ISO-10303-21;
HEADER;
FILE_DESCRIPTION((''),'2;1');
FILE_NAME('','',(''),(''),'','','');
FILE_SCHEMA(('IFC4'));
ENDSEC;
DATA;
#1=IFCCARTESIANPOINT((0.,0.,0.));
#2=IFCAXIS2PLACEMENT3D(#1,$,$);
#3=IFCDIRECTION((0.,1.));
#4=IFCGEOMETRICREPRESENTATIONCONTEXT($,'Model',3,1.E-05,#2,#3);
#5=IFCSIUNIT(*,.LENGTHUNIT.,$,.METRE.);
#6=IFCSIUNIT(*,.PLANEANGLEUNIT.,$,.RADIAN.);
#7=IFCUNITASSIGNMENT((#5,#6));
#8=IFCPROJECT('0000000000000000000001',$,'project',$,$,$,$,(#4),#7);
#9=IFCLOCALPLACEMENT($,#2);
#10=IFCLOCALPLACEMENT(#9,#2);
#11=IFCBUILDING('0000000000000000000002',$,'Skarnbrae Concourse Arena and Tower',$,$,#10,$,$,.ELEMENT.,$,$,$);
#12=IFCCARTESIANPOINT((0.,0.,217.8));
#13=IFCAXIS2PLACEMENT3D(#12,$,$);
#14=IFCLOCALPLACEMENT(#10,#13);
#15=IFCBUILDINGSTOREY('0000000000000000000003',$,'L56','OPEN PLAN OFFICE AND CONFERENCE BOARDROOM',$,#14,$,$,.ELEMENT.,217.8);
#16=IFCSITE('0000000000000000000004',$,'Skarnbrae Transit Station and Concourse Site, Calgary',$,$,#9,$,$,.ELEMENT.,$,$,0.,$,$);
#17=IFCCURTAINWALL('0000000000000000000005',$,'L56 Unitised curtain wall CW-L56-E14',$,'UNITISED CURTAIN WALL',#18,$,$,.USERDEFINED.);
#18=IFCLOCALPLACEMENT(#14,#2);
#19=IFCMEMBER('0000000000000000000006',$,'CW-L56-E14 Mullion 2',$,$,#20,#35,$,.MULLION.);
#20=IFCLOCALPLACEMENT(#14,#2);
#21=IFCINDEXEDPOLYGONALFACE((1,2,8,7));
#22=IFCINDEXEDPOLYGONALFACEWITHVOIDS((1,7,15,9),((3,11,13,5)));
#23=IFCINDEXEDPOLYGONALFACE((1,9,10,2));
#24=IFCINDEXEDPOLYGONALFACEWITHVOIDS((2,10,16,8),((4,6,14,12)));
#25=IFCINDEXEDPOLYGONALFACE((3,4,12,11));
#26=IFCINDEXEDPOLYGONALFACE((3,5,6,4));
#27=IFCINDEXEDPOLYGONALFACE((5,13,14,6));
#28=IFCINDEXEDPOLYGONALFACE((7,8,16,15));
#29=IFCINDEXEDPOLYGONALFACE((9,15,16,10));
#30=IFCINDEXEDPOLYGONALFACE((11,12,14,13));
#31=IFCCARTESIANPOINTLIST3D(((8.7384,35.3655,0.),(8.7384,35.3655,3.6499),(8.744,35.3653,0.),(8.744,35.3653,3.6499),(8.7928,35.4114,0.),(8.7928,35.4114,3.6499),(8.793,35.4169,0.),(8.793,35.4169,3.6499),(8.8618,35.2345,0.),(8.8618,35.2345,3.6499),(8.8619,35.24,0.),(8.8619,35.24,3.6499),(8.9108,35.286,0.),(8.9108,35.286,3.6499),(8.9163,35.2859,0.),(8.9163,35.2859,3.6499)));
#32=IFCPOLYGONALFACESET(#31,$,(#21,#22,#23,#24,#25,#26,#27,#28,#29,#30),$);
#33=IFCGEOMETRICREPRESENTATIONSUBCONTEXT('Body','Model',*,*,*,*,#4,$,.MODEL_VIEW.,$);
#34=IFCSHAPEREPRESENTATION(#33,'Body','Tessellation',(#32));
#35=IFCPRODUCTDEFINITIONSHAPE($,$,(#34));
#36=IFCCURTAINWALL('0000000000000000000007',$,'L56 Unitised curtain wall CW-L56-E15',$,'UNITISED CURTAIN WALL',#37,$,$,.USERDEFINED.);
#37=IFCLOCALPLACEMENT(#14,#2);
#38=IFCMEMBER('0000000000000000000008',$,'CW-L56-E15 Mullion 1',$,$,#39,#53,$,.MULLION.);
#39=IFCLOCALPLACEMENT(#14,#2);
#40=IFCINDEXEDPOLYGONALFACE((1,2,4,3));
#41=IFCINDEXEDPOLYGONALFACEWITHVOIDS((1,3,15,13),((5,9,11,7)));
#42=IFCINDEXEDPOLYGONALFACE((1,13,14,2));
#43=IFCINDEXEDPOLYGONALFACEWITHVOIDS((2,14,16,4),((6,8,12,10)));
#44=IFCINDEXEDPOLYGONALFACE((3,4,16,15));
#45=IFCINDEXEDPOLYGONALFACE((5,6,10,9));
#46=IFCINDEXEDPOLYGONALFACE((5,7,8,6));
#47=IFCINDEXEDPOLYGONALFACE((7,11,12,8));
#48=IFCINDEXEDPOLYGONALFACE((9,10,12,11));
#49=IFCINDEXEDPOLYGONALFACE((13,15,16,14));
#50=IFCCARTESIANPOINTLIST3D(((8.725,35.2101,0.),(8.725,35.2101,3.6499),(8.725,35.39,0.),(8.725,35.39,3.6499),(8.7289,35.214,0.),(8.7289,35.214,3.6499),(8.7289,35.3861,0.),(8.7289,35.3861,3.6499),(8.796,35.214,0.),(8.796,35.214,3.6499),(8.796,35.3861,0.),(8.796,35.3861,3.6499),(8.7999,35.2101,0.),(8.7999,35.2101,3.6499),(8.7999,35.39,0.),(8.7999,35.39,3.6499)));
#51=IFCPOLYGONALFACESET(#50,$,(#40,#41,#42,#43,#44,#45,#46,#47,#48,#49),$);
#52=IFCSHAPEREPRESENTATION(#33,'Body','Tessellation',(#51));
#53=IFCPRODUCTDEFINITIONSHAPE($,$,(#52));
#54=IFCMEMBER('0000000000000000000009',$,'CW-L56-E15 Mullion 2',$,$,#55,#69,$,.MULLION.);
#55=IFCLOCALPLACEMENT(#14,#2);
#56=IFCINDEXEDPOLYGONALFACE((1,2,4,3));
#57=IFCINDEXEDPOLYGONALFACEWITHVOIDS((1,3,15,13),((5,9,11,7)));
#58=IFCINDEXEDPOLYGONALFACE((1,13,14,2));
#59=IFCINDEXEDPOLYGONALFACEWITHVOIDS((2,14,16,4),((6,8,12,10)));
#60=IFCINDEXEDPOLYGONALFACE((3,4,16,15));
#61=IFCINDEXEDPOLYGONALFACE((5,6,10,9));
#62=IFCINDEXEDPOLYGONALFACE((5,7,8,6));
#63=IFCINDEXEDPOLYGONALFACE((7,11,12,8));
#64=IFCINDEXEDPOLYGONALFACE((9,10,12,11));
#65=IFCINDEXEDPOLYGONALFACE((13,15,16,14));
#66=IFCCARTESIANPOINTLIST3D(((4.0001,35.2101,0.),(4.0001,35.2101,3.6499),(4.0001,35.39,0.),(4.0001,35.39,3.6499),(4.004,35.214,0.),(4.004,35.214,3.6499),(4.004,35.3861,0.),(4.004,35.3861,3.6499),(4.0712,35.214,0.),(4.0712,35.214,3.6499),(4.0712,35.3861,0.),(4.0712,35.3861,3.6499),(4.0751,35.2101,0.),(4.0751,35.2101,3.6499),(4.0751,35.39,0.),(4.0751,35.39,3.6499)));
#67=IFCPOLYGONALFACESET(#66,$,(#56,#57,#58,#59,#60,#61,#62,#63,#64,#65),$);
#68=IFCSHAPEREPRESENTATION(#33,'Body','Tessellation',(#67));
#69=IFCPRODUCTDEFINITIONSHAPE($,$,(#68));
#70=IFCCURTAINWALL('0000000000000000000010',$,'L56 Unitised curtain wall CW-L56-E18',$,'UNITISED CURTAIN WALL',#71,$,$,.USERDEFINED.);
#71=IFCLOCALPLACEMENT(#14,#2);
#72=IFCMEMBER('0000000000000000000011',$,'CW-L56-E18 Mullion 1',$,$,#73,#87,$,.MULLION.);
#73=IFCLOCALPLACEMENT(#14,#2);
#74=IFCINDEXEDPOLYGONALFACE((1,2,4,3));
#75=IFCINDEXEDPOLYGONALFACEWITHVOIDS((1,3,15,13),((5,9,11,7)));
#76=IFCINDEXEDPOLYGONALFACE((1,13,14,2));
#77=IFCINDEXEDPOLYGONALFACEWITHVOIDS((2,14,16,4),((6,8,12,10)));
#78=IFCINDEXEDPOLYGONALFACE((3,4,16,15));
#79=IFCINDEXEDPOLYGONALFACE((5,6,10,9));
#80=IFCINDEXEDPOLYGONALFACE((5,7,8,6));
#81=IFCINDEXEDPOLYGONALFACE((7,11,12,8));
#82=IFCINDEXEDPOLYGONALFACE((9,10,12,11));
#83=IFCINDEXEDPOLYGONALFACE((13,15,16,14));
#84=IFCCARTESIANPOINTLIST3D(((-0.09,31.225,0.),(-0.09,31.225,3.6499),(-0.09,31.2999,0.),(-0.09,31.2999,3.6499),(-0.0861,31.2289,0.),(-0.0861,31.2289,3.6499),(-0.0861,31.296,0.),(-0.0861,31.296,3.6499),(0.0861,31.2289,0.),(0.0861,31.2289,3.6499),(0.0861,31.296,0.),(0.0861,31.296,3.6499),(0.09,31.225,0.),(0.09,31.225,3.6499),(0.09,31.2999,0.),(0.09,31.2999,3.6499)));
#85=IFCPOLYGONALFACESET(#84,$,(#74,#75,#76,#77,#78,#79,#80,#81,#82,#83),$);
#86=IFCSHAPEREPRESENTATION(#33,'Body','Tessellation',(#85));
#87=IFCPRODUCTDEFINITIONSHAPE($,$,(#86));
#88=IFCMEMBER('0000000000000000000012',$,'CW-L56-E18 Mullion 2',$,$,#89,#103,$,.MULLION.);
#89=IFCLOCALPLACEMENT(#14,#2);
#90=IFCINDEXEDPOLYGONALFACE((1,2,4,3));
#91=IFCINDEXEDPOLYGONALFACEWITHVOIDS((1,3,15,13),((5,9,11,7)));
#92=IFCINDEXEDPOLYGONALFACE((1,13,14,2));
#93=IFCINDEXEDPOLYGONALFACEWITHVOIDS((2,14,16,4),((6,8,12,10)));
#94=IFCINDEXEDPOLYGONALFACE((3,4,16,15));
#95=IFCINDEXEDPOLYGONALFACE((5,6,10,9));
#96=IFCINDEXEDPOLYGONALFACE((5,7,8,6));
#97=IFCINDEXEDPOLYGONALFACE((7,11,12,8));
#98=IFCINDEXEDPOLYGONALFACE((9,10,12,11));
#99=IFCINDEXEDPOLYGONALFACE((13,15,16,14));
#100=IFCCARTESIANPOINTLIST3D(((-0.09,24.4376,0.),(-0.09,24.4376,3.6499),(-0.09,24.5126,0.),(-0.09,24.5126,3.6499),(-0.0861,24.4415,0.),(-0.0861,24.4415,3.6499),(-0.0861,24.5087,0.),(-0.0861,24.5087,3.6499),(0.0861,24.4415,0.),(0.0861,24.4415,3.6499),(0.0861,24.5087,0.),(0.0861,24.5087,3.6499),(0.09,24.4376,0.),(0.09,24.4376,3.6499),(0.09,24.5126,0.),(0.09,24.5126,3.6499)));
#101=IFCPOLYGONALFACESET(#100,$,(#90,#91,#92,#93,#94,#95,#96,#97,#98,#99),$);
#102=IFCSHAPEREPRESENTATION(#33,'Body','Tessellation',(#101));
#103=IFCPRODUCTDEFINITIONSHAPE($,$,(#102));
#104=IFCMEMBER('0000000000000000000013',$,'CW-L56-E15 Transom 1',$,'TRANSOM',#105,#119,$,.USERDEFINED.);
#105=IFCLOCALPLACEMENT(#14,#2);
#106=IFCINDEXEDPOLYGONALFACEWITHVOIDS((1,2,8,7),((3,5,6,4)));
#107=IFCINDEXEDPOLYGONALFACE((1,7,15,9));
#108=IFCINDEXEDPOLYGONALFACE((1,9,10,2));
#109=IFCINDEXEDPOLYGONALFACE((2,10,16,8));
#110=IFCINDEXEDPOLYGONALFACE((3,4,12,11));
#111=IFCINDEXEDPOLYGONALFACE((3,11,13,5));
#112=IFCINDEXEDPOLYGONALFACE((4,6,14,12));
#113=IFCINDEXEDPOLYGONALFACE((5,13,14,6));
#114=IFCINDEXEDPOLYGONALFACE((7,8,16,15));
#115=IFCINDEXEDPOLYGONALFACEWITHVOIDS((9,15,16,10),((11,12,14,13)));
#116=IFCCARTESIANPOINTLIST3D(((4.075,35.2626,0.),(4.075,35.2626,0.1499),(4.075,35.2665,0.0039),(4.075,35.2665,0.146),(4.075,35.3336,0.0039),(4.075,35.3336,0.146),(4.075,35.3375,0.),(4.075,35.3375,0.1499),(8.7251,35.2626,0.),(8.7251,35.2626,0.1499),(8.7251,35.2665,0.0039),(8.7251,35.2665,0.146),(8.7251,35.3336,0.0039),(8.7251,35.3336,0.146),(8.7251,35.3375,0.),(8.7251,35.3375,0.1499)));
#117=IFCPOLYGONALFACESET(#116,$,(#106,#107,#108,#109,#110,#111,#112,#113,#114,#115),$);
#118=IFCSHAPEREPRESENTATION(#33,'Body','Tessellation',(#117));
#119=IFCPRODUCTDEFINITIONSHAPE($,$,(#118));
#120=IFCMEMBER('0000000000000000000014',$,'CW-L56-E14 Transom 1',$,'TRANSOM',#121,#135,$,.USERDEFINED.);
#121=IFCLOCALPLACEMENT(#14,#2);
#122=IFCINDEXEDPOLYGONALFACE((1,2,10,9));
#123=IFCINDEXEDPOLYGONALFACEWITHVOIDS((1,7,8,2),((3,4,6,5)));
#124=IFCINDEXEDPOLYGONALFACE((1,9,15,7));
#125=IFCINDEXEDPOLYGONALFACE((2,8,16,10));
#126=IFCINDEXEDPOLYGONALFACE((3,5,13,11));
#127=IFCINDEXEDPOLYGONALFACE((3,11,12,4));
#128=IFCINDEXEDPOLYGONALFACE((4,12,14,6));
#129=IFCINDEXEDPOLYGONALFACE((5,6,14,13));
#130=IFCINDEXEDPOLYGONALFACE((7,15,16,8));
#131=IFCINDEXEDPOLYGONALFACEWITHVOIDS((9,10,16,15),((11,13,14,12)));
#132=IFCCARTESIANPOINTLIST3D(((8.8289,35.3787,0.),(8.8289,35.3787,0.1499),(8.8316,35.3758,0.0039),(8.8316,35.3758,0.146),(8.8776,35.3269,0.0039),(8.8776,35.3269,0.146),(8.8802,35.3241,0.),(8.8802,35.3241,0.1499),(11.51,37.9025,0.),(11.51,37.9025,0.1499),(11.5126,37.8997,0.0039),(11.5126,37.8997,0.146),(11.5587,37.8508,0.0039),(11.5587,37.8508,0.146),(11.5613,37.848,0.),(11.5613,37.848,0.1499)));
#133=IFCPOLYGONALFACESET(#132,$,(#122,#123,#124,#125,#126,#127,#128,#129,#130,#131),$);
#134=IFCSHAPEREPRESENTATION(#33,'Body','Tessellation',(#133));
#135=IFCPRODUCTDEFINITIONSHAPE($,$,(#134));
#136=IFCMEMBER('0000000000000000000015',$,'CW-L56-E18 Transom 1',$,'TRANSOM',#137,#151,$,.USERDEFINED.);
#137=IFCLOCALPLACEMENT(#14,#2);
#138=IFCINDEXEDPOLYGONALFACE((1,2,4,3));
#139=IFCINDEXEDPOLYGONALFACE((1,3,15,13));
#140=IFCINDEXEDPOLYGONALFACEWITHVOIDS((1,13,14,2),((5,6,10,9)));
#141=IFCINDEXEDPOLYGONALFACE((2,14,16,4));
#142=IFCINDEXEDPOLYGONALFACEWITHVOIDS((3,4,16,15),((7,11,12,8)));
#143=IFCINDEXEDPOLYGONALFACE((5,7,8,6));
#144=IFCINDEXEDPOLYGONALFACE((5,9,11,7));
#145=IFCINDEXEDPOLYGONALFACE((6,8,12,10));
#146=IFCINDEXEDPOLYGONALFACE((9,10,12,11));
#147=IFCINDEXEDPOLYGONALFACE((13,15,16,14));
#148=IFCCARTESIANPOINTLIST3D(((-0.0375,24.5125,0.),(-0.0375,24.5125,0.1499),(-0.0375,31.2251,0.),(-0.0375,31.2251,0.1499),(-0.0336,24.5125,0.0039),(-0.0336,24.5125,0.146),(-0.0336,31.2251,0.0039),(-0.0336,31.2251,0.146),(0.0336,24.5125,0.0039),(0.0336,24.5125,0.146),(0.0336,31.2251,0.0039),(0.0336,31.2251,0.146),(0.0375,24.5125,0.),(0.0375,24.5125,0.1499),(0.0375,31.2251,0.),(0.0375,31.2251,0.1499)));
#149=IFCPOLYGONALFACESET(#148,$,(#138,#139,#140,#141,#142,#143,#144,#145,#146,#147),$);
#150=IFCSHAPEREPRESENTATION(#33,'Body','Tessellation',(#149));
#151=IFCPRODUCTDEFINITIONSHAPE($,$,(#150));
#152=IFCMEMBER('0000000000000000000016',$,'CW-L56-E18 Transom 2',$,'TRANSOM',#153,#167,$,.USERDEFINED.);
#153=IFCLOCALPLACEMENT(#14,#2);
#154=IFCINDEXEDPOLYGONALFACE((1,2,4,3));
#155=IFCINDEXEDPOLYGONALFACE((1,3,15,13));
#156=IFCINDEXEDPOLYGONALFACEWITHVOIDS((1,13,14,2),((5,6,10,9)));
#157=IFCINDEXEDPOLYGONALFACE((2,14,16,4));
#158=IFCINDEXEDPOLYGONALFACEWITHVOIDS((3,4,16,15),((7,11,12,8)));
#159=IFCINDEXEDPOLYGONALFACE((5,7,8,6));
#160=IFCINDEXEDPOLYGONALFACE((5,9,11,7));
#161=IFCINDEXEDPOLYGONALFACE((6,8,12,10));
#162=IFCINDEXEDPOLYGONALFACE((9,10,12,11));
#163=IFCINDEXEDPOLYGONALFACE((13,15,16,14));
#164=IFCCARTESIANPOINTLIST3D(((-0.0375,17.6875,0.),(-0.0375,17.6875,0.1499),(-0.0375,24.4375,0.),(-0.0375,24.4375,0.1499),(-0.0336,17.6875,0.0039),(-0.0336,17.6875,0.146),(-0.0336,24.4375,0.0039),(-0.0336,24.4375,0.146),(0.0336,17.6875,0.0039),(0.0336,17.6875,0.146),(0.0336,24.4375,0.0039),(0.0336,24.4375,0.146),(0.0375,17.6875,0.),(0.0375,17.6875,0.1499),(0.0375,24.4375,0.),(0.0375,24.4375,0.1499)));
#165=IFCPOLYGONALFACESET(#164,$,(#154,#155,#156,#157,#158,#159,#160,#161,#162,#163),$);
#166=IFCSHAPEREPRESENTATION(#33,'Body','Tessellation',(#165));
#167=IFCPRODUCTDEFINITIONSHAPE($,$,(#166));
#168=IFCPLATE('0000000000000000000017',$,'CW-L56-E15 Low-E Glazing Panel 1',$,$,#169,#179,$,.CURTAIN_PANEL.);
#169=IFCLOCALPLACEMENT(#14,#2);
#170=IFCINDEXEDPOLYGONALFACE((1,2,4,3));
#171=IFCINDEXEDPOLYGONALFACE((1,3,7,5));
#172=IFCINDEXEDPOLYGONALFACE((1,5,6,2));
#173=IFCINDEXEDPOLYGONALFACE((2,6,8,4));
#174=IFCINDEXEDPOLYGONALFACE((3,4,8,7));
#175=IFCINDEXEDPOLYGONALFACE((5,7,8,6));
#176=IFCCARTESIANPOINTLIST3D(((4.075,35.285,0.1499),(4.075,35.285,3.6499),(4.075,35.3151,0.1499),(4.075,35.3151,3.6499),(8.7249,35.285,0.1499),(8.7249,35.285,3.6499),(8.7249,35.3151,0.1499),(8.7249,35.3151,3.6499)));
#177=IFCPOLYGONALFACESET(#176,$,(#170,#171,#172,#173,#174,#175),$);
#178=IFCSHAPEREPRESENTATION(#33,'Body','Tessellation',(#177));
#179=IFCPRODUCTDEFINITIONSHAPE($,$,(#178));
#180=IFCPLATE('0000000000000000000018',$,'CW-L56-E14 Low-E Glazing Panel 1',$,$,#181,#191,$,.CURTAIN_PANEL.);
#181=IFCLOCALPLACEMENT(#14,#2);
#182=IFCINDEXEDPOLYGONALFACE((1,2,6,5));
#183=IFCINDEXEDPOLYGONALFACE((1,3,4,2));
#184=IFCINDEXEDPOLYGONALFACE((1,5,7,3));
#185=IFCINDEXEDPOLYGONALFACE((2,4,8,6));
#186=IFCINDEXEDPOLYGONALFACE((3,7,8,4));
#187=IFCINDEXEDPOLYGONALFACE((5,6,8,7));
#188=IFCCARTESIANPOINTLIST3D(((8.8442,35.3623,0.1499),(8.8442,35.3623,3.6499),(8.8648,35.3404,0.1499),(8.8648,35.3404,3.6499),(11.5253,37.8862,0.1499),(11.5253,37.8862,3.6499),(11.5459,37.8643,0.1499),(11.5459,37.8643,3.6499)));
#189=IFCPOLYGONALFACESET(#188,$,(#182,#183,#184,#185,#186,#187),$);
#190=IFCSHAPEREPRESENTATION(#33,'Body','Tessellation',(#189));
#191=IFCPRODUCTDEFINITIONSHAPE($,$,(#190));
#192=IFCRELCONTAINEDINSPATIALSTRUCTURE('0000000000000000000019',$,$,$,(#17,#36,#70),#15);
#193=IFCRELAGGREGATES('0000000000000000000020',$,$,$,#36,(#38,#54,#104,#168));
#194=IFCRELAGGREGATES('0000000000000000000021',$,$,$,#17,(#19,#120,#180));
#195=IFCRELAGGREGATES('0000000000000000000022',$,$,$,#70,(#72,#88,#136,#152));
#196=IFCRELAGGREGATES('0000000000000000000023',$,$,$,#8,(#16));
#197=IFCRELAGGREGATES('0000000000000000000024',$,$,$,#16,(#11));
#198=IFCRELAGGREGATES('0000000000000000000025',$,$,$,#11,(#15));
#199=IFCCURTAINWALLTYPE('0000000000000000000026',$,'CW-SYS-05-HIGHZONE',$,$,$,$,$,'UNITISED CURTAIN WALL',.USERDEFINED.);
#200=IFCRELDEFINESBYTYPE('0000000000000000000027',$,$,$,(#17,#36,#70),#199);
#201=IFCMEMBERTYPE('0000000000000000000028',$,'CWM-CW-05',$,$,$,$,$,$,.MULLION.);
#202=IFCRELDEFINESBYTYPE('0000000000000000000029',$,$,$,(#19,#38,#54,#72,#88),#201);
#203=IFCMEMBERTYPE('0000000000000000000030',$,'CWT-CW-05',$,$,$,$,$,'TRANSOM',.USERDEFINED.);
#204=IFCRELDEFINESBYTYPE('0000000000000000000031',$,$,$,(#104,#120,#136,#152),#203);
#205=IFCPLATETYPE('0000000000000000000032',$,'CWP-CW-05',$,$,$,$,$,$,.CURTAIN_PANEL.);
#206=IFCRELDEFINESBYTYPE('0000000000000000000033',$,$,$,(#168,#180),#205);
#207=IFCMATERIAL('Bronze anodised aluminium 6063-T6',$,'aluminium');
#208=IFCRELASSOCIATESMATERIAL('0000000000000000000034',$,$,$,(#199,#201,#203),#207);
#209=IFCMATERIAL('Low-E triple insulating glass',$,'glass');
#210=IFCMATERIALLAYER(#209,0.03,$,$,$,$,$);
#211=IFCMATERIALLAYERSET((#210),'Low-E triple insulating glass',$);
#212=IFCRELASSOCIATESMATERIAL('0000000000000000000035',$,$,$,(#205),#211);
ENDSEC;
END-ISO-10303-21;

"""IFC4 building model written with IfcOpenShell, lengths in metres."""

from ifc_helpers import new_model, si_unit, direction, frame, origin, origin_2d, place, context, subcontext, project, spatial, rectangle, hollow_rectangle, extrude, source, transform, mapped, material, layer, layer_set, material_profile, profile_set, type_object, element, aggregate, save


model = new_model("IFC4")

# Units and contexts
model_context = context("Model", 3, precision=1e-05, world=origin(), true_north=direction((0.0, 1.0)))
body_context = subcontext(model_context, "Body", "Model", "MODEL_VIEW")
ifc_project = project(units=[si_unit("LENGTHUNIT", "METRE"), si_unit("PLANEANGLEUNIT", "RADIAN")], contexts=[model_context])

# Site, building, storey
site_placement = place(None, origin())
site = spatial("IfcSite", under=ifc_project, at=site_placement, Name="Skarnbrae Transit Station and Concourse Site, Calgary", CompositionType="ELEMENT", RefElevation=0.0)
building_placement = place(site_placement, origin())
building = spatial("IfcBuilding", under=site, at=building_placement, Name="Skarnbrae Concourse Arena and Tower", CompositionType="ELEMENT")
storey_placement = place(building_placement, frame((0.0, 0.0, 217.8)))
storey = spatial("IfcBuildingStorey", under=building, at=storey_placement, Name="L56", Description="OPEN PLAN OFFICE AND CONFERENCE BOARDROOM", CompositionType="ELEMENT", Elevation=217.8)

# Shared definitions
ifc_material_1 = material(Name="Bronze anodised aluminium 6063-T6", Category="aluminium")
curtain_wall_type = type_object("IfcCurtainWallType", Name="CW-SYS-05-HIGHZONE", ElementType="UNITISED CURTAIN WALL", PredefinedType="USERDEFINED", material=ifc_material_1)
ifc_material_profile_1 = material_profile(ifc_material_1, hollow_rectangle(XDim=0.075, YDim=0.1799, WallThickness=0.0039, at=origin_2d()), Name="ALU-MULL-75X180")
ifc_profile_set_1 = profile_set([ifc_material_profile_1], Name="Bronze anodised aluminium 6063-T6")
member_type_1 = type_object("IfcMemberType", Name="CWM-CW-05", PredefinedType="MULLION", material=ifc_profile_set_1)
shared_shape_1 = source(origin(), body_context, "Body", "SweptSolid", [
    extrude(hollow_rectangle(XDim=0.075, YDim=0.1799, WallThickness=0.0039, at=origin_2d()), origin(), (0.0, 0.0, 1.0), 3.6499),
])

# Curtain walls, members
curtain_wall_1_placement = place(storey_placement, origin())
curtain_wall_1 = element("IfcCurtainWall", 1, at=curtain_wall_1_placement, inside=storey, type_object=curtain_wall_type, Name="L56 Unitised curtain wall CW-L56-E14", ObjectType="UNITISED CURTAIN WALL", PredefinedType="USERDEFINED")
member_1_placement = place(storey_placement, frame((8.8274, 35.3257, 0.0), z_axis=(0.0, 0.0, 1.0), x_axis=(-0.728131, -0.685438, 0.0)))
member_1 = element("IfcMember", 2, at=member_1_placement, type_object=member_type_1, Name="CW-L56-E14 Mullion 2", PredefinedType="MULLION", context=body_context, shape_type="MappedRepresentation", body=[
    mapped(shared_shape_1, transform((0.0, 0.0, 0.0))),
])
curtain_wall_2_placement = place(storey_placement, origin())
curtain_wall_2 = element("IfcCurtainWall", 3, at=curtain_wall_2_placement, inside=storey, type_object=curtain_wall_type, Name="L56 Unitised curtain wall CW-L56-E15", ObjectType="UNITISED CURTAIN WALL", PredefinedType="USERDEFINED")
member_2_placement = place(storey_placement, frame((8.7625, 35.3, 0.0), z_axis=(0.0, 0.0, 1.0), x_axis=(-1.0, 0.0, 0.0)))
member_2 = element("IfcMember", 4, at=member_2_placement, type_object=member_type_1, Name="CW-L56-E15 Mullion 1", PredefinedType="MULLION", context=body_context, shape_type="MappedRepresentation", body=[
    mapped(shared_shape_1, transform((0.0, 0.0, 0.0))),
])
member_3_placement = place(storey_placement, frame((4.0376, 35.3, 0.0), z_axis=(0.0, 0.0, 1.0), x_axis=(-1.0, 0.0, 0.0)))
member_3 = element("IfcMember", 5, at=member_3_placement, type_object=member_type_1, Name="CW-L56-E15 Mullion 2", PredefinedType="MULLION", context=body_context, shape_type="MappedRepresentation", body=[
    mapped(shared_shape_1, transform((0.0, 0.0, 0.0))),
])
curtain_wall_3_placement = place(storey_placement, origin())
curtain_wall_3 = element("IfcCurtainWall", 6, at=curtain_wall_3_placement, inside=storey, type_object=curtain_wall_type, Name="L56 Unitised curtain wall CW-L56-E18", ObjectType="UNITISED CURTAIN WALL", PredefinedType="USERDEFINED")
member_4_placement = place(storey_placement, frame((0.0, 31.2625, 0.0), z_axis=(0.0, 0.0, 1.0), x_axis=(0.0, -1.0, 0.0)))
member_4 = element("IfcMember", 7, at=member_4_placement, type_object=member_type_1, Name="CW-L56-E18 Mullion 1", PredefinedType="MULLION", context=body_context, shape_type="MappedRepresentation", body=[
    mapped(shared_shape_1, transform((0.0, 0.0, 0.0))),
])
member_5_placement = place(storey_placement, frame((0.0, 24.4751, 0.0), z_axis=(0.0, 0.0, 1.0), x_axis=(0.0, -1.0, 0.0)))
member_5 = element("IfcMember", 8, at=member_5_placement, type_object=member_type_1, Name="CW-L56-E18 Mullion 2", PredefinedType="MULLION", context=body_context, shape_type="MappedRepresentation", body=[
    mapped(shared_shape_1, transform((0.0, 0.0, 0.0))),
])

# Members
ifc_material_profile_2 = material_profile(ifc_material_1, hollow_rectangle(XDim=0.075, YDim=0.1499, WallThickness=0.0039, at=origin_2d()), Name="ALU-TRAN-75X150")
ifc_profile_set_2 = profile_set([ifc_material_profile_2], Name="Bronze anodised aluminium 6063-T6")
member_type_2 = type_object("IfcMemberType", Name="CWT-CW-05", ElementType="TRANSOM", PredefinedType="USERDEFINED", material=ifc_profile_set_2)
shared_shape_2 = source(origin(), body_context, "Body", "SweptSolid", [
    extrude(hollow_rectangle(XDim=0.075, YDim=0.1499, WallThickness=0.0039, at=origin_2d()), origin(), (0.0, 0.0, 1.0), 4.6501),
])
member_6_placement = place(storey_placement, frame((8.7251, 35.3, 0.075), z_axis=(-1.0, 0.0, 0.0), x_axis=(0.0, -1.0, 0.0)))
member_6 = element("IfcMember", 9, at=member_6_placement, type_object=member_type_2, Name="CW-L56-E15 Transom 1", ObjectType="TRANSOM", PredefinedType="USERDEFINED", context=body_context, shape_type="MappedRepresentation", body=[
    mapped(shared_shape_2, transform((0.0, 0.0, 0.0))),
])
shared_shape_3 = source(origin(), body_context, "Body", "SweptSolid", [
    extrude(hollow_rectangle(XDim=0.075, YDim=0.1499, WallThickness=0.0039, at=origin_2d()), origin(), (0.0, 0.0, 1.0), 3.6821),
])
member_7_placement = place(storey_placement, frame((11.5356, 37.8752, 0.075), z_axis=(-0.728134, -0.685435, 0.0), x_axis=(0.685435, -0.728134, 0.0)))
member_7 = element("IfcMember", 10, at=member_7_placement, type_object=member_type_2, Name="CW-L56-E14 Transom 1", ObjectType="TRANSOM", PredefinedType="USERDEFINED", context=body_context, shape_type="MappedRepresentation", body=[
    mapped(shared_shape_3, transform((0.0, 0.0, 0.0))),
])
shared_shape_4 = source(origin(), body_context, "Body", "SweptSolid", [
    extrude(hollow_rectangle(XDim=0.075, YDim=0.1499, WallThickness=0.0039, at=origin_2d()), origin(), (0.0, 0.0, 1.0), 6.7126),
])
member_8_placement = place(storey_placement, frame((0.0, 31.2251, 0.075), z_axis=(0.0, -1.0, 0.0), x_axis=(1.0, 0.0, 0.0)))
member_8 = element("IfcMember", 11, at=member_8_placement, type_object=member_type_2, Name="CW-L56-E18 Transom 1", ObjectType="TRANSOM", PredefinedType="USERDEFINED", context=body_context, shape_type="MappedRepresentation", body=[
    mapped(shared_shape_4, transform((0.0, 0.0, 0.0))),
])
shared_shape_5 = source(origin(), body_context, "Body", "SweptSolid", [
    extrude(hollow_rectangle(XDim=0.075, YDim=0.1499, WallThickness=0.0039, at=origin_2d()), origin(), (0.0, 0.0, 1.0), 6.75),
])
member_9_placement = place(storey_placement, frame((0.0, 24.4375, 0.075), z_axis=(0.0, -1.0, 0.0), x_axis=(1.0, 0.0, 0.0)))
member_9 = element("IfcMember", 12, at=member_9_placement, type_object=member_type_2, Name="CW-L56-E18 Transom 2", ObjectType="TRANSOM", PredefinedType="USERDEFINED", context=body_context, shape_type="MappedRepresentation", body=[
    mapped(shared_shape_5, transform((0.0, 0.0, 0.0))),
])

# Plates
ifc_material_2 = material(Name="Low-E triple insulating glass", Category="glass")
ifc_layer_1 = layer(ifc_material_2, 0.03)
ifc_layer_set_1 = layer_set([ifc_layer_1], Name="Low-E triple insulating glass")
plate_type = type_object("IfcPlateType", Name="CWP-CW-05", PredefinedType="CURTAIN_PANEL", material=ifc_layer_set_1)
shared_shape_6 = source(origin(), body_context, "Body", "SweptSolid", [
    extrude(rectangle(XDim=4.6499, YDim=0.03, at=origin_2d()), origin(), (0.0, 0.0, 1.0), 3.5),
])
plate_1_placement = place(storey_placement, frame((6.3999, 35.3, 0.1499), z_axis=(0.0, 0.0, 1.0), x_axis=(-1.0, 0.0, 0.0)))
plate_1 = element("IfcPlate", 13, at=plate_1_placement, type_object=plate_type, Name="CW-L56-E15 Low-E Glazing Panel 1", PredefinedType="CURTAIN_PANEL", context=body_context, shape_type="MappedRepresentation", body=[
    mapped(shared_shape_6, transform((0.0, 0.0, 0.0))),
])
aggregate(curtain_wall_2, [member_2, member_3, member_6, plate_1])
shared_shape_7 = source(origin(), body_context, "Body", "SweptSolid", [
    extrude(rectangle(XDim=3.6821, YDim=0.03, at=origin_2d()), origin(), (0.0, 0.0, 1.0), 3.5),
])
plate_2_placement = place(storey_placement, frame((10.1951, 36.6133, 0.1499), z_axis=(0.0, 0.0, 1.0), x_axis=(-0.728131, -0.685438, 0.0)))
plate_2 = element("IfcPlate", 14, at=plate_2_placement, type_object=plate_type, Name="CW-L56-E14 Low-E Glazing Panel 1", PredefinedType="CURTAIN_PANEL", context=body_context, shape_type="MappedRepresentation", body=[
    mapped(shared_shape_7, transform((0.0, 0.0, 0.0))),
])
aggregate(curtain_wall_1, [member_1, member_7, plate_2])
aggregate(curtain_wall_3, [member_4, member_5, member_8, member_9])

save(model, "model.ifc")
